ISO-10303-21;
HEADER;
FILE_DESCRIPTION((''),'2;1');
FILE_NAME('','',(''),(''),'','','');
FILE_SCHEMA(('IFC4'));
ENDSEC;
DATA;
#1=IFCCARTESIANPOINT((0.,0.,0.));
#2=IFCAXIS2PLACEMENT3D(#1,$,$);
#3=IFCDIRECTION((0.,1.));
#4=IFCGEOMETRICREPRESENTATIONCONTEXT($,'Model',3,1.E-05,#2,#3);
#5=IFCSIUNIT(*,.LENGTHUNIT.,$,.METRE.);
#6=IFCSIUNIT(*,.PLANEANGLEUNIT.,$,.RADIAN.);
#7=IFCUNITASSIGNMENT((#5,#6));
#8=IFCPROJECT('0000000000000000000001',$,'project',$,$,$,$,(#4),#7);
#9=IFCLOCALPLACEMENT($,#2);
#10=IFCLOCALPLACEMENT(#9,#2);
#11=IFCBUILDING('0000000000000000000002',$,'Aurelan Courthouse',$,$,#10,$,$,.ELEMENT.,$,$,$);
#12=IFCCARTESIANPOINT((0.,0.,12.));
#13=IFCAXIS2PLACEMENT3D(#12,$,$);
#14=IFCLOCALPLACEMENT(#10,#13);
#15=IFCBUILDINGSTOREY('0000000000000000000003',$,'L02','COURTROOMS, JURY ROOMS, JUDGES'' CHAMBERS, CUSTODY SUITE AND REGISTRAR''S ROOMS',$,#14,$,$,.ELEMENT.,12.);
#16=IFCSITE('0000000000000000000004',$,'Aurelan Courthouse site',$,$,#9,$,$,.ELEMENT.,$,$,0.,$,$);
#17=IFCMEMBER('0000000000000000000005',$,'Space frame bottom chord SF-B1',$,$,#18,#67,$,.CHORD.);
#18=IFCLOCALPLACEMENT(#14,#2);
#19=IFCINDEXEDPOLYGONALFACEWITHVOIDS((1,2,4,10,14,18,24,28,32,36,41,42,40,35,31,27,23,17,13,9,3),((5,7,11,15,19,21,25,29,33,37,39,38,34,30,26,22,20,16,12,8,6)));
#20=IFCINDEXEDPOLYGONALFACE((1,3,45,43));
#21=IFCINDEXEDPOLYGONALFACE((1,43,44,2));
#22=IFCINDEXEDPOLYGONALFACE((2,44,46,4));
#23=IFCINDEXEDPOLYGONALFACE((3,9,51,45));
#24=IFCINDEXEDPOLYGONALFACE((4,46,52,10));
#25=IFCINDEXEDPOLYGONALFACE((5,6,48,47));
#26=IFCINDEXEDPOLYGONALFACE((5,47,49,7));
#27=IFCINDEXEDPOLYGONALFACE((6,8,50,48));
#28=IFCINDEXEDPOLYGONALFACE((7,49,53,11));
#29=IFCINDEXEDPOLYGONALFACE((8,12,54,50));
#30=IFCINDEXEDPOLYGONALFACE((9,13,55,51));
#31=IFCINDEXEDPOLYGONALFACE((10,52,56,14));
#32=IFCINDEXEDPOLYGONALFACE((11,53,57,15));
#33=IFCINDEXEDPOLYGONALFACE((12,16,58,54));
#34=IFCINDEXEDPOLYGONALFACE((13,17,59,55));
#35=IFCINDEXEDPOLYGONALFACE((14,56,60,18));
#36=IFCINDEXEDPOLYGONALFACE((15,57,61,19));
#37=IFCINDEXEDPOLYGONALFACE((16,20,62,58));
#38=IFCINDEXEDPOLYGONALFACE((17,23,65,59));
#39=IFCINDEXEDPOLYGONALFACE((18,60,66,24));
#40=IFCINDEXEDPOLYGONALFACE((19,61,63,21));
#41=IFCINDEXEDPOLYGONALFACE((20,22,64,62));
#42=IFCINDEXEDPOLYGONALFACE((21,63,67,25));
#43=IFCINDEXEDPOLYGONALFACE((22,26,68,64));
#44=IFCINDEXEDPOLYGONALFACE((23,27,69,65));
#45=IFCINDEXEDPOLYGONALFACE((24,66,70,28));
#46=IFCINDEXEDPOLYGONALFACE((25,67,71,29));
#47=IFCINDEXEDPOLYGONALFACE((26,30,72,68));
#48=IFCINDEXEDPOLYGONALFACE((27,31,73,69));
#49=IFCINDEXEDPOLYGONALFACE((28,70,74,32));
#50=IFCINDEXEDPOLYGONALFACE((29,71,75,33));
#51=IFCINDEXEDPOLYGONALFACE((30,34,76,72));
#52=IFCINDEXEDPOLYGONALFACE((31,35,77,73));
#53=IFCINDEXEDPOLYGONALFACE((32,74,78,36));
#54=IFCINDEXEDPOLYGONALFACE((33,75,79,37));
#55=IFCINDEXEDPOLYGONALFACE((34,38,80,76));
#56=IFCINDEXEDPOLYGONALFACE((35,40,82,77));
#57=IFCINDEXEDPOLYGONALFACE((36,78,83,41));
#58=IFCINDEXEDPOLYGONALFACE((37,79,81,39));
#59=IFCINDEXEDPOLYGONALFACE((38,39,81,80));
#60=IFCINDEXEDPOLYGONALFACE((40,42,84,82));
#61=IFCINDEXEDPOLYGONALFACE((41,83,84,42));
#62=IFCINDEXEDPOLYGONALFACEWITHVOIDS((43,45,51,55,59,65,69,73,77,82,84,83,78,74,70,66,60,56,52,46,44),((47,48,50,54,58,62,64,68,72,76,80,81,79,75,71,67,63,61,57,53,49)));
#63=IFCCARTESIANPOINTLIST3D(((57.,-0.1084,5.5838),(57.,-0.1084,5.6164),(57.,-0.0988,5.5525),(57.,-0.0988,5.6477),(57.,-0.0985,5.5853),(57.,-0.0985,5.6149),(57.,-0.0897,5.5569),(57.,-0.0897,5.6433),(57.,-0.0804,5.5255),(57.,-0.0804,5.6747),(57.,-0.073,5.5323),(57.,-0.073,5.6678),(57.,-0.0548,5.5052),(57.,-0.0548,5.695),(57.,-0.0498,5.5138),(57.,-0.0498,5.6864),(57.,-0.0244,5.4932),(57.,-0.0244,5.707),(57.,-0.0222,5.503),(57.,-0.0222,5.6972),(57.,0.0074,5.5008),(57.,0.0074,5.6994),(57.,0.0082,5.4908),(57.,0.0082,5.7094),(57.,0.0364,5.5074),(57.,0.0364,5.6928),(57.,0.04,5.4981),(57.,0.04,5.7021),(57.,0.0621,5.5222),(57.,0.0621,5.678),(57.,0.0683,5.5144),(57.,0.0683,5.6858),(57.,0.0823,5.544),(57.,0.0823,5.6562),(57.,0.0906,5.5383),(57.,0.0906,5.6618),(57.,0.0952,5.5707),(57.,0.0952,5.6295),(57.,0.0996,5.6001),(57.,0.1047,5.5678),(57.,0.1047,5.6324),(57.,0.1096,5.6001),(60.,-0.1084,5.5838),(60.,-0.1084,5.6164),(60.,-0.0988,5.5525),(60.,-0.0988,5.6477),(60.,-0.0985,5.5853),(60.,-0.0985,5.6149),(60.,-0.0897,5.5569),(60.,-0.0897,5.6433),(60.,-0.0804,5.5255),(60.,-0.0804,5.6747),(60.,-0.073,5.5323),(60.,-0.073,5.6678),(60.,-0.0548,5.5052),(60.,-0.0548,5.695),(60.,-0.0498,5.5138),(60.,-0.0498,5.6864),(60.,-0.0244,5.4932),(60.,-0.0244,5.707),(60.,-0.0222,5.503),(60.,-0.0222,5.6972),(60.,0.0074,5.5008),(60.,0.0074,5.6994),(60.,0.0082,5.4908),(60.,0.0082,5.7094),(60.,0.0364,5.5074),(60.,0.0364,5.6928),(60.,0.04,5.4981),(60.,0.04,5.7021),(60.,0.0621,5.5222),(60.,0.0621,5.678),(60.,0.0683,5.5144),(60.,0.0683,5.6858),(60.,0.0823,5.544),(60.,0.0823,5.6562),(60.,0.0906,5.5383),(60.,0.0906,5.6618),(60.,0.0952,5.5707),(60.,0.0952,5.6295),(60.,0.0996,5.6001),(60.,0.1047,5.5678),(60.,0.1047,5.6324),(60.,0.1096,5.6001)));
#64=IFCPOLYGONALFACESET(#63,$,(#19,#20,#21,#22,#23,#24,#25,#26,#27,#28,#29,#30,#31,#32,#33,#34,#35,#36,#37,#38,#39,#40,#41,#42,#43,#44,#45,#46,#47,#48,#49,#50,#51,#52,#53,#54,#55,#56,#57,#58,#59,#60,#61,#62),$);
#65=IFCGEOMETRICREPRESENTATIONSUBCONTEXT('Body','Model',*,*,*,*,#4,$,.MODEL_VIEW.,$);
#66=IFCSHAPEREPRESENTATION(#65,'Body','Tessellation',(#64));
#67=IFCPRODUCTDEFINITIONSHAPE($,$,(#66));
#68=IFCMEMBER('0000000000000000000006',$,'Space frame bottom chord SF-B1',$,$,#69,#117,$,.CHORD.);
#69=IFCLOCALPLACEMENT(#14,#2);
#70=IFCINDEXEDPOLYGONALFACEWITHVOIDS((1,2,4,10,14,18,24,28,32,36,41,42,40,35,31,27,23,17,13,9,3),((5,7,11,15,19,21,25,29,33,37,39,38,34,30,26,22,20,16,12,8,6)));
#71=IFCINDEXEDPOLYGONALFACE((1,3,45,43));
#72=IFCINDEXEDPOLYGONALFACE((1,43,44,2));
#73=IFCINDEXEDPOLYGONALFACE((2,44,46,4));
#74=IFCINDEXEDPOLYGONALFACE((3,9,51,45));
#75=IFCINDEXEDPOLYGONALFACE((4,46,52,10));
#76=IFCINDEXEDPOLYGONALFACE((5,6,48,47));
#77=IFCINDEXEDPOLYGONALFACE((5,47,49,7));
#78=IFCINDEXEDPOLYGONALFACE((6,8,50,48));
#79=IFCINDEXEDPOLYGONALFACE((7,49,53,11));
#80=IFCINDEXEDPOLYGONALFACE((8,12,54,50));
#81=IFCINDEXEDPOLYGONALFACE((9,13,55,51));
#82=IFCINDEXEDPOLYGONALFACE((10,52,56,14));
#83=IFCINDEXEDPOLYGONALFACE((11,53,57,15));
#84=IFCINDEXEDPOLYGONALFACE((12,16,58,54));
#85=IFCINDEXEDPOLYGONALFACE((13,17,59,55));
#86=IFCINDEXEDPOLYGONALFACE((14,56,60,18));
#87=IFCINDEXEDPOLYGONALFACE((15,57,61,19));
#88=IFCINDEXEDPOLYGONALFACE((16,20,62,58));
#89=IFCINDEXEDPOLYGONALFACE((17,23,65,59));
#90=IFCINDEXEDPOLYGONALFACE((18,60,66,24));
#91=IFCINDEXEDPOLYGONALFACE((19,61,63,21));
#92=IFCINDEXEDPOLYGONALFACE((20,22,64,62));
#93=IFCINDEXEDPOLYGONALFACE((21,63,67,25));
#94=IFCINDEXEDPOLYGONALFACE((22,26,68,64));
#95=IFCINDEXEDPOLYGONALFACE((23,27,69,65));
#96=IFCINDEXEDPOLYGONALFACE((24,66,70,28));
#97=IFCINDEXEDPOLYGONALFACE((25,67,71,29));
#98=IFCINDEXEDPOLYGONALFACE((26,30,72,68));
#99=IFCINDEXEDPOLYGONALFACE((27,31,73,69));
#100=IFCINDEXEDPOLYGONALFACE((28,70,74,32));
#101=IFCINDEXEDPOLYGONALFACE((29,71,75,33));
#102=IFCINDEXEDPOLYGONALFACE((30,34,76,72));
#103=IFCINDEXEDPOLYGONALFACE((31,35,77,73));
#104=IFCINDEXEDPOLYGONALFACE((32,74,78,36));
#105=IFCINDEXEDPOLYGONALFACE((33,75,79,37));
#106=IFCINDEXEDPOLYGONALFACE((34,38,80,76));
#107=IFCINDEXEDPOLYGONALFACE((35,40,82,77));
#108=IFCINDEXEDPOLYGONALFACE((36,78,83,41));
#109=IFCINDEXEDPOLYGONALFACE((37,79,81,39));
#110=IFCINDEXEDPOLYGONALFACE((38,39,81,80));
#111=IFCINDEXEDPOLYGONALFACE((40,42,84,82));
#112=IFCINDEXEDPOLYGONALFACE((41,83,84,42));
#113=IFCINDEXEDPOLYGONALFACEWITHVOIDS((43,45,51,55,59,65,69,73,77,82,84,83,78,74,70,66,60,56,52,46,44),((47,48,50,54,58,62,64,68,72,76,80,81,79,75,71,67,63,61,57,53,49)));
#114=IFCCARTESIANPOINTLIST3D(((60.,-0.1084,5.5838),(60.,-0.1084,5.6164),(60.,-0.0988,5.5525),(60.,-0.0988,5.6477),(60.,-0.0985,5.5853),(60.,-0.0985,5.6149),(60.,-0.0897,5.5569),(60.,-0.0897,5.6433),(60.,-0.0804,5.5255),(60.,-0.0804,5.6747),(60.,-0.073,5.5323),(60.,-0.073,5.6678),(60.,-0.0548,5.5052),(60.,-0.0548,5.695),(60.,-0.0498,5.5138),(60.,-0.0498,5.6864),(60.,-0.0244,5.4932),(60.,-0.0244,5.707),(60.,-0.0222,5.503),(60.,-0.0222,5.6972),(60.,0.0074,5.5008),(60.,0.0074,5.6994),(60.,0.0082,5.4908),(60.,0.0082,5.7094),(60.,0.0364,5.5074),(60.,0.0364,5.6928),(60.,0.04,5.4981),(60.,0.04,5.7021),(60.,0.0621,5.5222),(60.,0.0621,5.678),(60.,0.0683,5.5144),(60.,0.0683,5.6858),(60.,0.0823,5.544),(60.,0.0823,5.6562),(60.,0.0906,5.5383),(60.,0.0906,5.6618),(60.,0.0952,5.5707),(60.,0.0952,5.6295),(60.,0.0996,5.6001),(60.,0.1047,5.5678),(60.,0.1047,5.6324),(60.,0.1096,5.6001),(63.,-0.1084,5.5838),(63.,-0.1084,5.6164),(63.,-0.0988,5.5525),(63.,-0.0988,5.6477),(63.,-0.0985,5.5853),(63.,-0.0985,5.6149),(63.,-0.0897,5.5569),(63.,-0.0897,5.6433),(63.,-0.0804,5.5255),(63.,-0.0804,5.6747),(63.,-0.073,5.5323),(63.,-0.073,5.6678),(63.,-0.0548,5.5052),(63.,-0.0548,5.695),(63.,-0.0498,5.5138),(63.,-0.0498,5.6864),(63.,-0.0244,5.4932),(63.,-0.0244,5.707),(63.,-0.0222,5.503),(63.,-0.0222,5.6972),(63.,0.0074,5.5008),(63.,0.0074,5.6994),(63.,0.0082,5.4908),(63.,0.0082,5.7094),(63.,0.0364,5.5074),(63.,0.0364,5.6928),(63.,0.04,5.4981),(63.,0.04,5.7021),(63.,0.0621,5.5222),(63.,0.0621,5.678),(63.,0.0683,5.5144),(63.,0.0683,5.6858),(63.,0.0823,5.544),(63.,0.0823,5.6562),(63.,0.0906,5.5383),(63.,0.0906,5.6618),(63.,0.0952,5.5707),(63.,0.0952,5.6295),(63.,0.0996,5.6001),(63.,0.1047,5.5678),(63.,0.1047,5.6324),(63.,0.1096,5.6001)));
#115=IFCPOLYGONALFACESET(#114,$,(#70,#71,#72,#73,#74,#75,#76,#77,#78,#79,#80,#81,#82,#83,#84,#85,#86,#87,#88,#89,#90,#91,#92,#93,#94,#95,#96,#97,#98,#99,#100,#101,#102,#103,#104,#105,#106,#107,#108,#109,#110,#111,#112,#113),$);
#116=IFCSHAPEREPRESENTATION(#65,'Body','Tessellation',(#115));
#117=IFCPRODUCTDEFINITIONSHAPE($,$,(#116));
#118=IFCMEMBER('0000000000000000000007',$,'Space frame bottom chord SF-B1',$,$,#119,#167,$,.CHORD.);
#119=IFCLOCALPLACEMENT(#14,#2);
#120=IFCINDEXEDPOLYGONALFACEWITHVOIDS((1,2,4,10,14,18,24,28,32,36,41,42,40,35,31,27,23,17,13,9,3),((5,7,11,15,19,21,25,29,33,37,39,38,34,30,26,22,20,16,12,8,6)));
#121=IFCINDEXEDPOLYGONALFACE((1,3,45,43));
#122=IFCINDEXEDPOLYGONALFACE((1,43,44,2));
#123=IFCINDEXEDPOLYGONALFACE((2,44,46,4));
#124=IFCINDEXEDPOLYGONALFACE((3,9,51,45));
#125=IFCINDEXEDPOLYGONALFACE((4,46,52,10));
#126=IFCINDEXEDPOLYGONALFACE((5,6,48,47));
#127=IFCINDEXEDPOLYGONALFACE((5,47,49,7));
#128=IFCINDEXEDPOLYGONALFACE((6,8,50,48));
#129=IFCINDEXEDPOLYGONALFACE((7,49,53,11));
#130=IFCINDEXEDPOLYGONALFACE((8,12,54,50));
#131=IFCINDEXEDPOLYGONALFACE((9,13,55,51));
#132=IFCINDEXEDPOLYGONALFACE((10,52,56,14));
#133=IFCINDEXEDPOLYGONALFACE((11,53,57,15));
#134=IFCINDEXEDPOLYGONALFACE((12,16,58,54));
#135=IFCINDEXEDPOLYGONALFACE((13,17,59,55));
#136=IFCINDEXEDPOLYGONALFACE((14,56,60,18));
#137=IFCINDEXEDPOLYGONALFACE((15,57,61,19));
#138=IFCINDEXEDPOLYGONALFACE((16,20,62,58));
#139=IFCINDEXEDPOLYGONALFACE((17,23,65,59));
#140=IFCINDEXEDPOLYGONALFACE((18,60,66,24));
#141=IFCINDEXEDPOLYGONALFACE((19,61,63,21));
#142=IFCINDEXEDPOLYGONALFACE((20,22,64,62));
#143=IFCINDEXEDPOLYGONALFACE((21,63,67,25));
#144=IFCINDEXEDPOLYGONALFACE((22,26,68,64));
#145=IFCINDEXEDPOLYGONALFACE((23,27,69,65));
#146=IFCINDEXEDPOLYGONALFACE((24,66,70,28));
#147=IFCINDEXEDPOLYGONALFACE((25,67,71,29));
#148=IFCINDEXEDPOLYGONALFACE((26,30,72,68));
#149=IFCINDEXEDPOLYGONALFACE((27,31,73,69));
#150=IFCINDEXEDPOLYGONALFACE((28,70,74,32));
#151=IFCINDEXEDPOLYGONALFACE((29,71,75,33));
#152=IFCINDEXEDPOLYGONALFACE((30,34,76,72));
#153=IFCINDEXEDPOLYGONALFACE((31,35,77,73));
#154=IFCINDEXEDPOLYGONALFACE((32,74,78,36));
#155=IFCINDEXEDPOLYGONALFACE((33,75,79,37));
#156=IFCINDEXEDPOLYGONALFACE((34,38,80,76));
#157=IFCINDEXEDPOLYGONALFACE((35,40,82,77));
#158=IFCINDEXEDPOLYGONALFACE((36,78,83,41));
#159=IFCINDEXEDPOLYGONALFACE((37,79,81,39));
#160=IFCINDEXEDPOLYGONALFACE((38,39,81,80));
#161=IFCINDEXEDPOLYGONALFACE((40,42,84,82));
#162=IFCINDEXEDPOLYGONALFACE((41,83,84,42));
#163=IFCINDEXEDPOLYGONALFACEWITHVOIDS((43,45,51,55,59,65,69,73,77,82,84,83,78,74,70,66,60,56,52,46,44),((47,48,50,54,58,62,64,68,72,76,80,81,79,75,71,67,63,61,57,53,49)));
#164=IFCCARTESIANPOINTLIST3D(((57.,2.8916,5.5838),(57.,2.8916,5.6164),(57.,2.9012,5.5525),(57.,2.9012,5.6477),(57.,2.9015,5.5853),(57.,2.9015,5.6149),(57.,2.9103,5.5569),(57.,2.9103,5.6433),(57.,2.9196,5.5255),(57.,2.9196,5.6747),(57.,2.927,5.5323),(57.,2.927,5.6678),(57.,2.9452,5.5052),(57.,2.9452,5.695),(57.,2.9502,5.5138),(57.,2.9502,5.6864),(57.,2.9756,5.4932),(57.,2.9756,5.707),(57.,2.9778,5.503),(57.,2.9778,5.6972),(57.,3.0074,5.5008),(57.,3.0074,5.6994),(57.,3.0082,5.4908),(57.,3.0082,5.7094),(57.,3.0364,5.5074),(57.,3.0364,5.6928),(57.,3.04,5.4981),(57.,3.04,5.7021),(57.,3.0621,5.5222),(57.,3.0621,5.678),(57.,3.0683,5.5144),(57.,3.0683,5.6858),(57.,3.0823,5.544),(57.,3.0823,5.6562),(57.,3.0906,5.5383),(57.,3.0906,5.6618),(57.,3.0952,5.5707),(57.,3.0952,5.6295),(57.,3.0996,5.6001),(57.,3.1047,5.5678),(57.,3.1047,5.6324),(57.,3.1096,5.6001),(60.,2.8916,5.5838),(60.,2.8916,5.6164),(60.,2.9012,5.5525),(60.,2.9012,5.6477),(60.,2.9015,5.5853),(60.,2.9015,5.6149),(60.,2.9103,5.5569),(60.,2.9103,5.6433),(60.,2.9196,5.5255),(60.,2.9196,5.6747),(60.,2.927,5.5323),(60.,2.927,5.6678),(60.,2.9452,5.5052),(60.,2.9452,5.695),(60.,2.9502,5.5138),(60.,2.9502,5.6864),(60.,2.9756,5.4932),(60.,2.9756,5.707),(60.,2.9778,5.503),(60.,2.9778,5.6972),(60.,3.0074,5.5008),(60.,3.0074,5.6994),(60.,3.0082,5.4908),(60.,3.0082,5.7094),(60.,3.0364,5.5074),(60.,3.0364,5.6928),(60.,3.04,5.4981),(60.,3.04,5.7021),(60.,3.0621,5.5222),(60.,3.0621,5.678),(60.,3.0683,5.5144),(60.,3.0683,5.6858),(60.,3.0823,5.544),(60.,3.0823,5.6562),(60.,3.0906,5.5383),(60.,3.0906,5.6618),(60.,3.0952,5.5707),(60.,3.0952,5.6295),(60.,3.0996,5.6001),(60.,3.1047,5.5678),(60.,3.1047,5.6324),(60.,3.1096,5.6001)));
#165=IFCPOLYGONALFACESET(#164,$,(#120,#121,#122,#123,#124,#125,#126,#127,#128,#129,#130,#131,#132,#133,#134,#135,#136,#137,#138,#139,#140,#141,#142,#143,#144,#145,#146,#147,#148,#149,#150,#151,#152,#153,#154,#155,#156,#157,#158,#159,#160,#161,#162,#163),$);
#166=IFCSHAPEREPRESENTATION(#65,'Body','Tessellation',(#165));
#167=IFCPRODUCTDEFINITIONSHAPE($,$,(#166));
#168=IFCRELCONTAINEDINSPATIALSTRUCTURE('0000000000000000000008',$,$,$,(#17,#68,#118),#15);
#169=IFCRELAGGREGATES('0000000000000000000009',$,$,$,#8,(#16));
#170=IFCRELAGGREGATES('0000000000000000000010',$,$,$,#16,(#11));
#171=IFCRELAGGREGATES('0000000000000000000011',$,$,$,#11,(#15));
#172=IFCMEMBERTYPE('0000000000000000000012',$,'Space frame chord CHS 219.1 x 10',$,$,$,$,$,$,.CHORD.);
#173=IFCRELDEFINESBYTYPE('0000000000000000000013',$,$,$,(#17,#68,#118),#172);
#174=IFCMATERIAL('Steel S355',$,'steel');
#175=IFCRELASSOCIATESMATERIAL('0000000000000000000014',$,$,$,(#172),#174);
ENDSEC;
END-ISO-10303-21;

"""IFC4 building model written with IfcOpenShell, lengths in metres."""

from ifc_helpers import new_model, si_unit, direction, frame, origin, origin_2d, place, context, subcontext, project, spatial, hollow_circle, extrude, material, material_profile, profile_set, type_object, element, save


model = new_model("IFC4")

# Units and contexts
model_context = context("Model", 3, precision=1e-05, world=origin(), true_north=direction((0.0, 1.0)))
body_context = subcontext(model_context, "Body", "Model", "MODEL_VIEW")
ifc_project = project(units=[si_unit("LENGTHUNIT", "METRE"), si_unit("PLANEANGLEUNIT", "RADIAN")], contexts=[model_context])

# Site, building, storey
site_placement = place(None, origin())
site = spatial("IfcSite", under=ifc_project, at=site_placement, Name="Aurelan Courthouse site", CompositionType="ELEMENT", RefElevation=0.0)
building_placement = place(site_placement, origin())
building = spatial("IfcBuilding", under=site, at=building_placement, Name="Aurelan Courthouse", CompositionType="ELEMENT")
storey_placement = place(building_placement, frame((0.0, 0.0, 12.0)))
storey = spatial("IfcBuildingStorey", under=building, at=storey_placement, Name="L02", Description="COURTROOMS, JURY ROOMS, JUDGES' CHAMBERS, CUSTODY SUITE AND REGISTRAR'S ROOMS", CompositionType="ELEMENT", Elevation=12.0)

# Members
ifc_material_1 = material(Name="Steel S355", Category="steel")
ifc_material_profile_1 = material_profile(ifc_material_1, hollow_circle(Radius=0.1096, WallThickness=0.01, at=origin_2d()), Name="CHS 219.1 x 10")
ifc_profile_set_1 = profile_set([ifc_material_profile_1], Name="Steel S355")
member_type_1 = type_object("IfcMemberType", Name="Space frame chord CHS 219.1 x 10", PredefinedType="CHORD", material=ifc_profile_set_1)
for number, where, z_axis, x_axis, name in (
    (1, (57.0, 0.0, 5.6001), (1.0, 0.0, 0.0), (0.0, 1.0, 0.0), "Space frame bottom chord SF-B1"),
    (2, (60.0, 0.0, 5.6001), (1.0, 0.0, 0.0), (0.0, 1.0, 0.0), "Space frame bottom chord SF-B1"),
    (3, (57.0, 3.0, 5.6001), (1.0, 0.0, 0.0), (0.0, 1.0, 0.0), "Space frame bottom chord SF-B1"),
):
    element("IfcMember", number, at=place(storey_placement, frame(where, z_axis=z_axis, x_axis=x_axis)), inside=storey, type_object=member_type_1, Name=name, PredefinedType="CHORD", context=body_context, shape_type="SweptSolid", body=[
        extrude(hollow_circle(Radius=0.1096, WallThickness=0.01, at=origin_2d()), origin(), (0.0, 0.0, 1.0), 3.0),
    ])

save(model, "model.ifc")
